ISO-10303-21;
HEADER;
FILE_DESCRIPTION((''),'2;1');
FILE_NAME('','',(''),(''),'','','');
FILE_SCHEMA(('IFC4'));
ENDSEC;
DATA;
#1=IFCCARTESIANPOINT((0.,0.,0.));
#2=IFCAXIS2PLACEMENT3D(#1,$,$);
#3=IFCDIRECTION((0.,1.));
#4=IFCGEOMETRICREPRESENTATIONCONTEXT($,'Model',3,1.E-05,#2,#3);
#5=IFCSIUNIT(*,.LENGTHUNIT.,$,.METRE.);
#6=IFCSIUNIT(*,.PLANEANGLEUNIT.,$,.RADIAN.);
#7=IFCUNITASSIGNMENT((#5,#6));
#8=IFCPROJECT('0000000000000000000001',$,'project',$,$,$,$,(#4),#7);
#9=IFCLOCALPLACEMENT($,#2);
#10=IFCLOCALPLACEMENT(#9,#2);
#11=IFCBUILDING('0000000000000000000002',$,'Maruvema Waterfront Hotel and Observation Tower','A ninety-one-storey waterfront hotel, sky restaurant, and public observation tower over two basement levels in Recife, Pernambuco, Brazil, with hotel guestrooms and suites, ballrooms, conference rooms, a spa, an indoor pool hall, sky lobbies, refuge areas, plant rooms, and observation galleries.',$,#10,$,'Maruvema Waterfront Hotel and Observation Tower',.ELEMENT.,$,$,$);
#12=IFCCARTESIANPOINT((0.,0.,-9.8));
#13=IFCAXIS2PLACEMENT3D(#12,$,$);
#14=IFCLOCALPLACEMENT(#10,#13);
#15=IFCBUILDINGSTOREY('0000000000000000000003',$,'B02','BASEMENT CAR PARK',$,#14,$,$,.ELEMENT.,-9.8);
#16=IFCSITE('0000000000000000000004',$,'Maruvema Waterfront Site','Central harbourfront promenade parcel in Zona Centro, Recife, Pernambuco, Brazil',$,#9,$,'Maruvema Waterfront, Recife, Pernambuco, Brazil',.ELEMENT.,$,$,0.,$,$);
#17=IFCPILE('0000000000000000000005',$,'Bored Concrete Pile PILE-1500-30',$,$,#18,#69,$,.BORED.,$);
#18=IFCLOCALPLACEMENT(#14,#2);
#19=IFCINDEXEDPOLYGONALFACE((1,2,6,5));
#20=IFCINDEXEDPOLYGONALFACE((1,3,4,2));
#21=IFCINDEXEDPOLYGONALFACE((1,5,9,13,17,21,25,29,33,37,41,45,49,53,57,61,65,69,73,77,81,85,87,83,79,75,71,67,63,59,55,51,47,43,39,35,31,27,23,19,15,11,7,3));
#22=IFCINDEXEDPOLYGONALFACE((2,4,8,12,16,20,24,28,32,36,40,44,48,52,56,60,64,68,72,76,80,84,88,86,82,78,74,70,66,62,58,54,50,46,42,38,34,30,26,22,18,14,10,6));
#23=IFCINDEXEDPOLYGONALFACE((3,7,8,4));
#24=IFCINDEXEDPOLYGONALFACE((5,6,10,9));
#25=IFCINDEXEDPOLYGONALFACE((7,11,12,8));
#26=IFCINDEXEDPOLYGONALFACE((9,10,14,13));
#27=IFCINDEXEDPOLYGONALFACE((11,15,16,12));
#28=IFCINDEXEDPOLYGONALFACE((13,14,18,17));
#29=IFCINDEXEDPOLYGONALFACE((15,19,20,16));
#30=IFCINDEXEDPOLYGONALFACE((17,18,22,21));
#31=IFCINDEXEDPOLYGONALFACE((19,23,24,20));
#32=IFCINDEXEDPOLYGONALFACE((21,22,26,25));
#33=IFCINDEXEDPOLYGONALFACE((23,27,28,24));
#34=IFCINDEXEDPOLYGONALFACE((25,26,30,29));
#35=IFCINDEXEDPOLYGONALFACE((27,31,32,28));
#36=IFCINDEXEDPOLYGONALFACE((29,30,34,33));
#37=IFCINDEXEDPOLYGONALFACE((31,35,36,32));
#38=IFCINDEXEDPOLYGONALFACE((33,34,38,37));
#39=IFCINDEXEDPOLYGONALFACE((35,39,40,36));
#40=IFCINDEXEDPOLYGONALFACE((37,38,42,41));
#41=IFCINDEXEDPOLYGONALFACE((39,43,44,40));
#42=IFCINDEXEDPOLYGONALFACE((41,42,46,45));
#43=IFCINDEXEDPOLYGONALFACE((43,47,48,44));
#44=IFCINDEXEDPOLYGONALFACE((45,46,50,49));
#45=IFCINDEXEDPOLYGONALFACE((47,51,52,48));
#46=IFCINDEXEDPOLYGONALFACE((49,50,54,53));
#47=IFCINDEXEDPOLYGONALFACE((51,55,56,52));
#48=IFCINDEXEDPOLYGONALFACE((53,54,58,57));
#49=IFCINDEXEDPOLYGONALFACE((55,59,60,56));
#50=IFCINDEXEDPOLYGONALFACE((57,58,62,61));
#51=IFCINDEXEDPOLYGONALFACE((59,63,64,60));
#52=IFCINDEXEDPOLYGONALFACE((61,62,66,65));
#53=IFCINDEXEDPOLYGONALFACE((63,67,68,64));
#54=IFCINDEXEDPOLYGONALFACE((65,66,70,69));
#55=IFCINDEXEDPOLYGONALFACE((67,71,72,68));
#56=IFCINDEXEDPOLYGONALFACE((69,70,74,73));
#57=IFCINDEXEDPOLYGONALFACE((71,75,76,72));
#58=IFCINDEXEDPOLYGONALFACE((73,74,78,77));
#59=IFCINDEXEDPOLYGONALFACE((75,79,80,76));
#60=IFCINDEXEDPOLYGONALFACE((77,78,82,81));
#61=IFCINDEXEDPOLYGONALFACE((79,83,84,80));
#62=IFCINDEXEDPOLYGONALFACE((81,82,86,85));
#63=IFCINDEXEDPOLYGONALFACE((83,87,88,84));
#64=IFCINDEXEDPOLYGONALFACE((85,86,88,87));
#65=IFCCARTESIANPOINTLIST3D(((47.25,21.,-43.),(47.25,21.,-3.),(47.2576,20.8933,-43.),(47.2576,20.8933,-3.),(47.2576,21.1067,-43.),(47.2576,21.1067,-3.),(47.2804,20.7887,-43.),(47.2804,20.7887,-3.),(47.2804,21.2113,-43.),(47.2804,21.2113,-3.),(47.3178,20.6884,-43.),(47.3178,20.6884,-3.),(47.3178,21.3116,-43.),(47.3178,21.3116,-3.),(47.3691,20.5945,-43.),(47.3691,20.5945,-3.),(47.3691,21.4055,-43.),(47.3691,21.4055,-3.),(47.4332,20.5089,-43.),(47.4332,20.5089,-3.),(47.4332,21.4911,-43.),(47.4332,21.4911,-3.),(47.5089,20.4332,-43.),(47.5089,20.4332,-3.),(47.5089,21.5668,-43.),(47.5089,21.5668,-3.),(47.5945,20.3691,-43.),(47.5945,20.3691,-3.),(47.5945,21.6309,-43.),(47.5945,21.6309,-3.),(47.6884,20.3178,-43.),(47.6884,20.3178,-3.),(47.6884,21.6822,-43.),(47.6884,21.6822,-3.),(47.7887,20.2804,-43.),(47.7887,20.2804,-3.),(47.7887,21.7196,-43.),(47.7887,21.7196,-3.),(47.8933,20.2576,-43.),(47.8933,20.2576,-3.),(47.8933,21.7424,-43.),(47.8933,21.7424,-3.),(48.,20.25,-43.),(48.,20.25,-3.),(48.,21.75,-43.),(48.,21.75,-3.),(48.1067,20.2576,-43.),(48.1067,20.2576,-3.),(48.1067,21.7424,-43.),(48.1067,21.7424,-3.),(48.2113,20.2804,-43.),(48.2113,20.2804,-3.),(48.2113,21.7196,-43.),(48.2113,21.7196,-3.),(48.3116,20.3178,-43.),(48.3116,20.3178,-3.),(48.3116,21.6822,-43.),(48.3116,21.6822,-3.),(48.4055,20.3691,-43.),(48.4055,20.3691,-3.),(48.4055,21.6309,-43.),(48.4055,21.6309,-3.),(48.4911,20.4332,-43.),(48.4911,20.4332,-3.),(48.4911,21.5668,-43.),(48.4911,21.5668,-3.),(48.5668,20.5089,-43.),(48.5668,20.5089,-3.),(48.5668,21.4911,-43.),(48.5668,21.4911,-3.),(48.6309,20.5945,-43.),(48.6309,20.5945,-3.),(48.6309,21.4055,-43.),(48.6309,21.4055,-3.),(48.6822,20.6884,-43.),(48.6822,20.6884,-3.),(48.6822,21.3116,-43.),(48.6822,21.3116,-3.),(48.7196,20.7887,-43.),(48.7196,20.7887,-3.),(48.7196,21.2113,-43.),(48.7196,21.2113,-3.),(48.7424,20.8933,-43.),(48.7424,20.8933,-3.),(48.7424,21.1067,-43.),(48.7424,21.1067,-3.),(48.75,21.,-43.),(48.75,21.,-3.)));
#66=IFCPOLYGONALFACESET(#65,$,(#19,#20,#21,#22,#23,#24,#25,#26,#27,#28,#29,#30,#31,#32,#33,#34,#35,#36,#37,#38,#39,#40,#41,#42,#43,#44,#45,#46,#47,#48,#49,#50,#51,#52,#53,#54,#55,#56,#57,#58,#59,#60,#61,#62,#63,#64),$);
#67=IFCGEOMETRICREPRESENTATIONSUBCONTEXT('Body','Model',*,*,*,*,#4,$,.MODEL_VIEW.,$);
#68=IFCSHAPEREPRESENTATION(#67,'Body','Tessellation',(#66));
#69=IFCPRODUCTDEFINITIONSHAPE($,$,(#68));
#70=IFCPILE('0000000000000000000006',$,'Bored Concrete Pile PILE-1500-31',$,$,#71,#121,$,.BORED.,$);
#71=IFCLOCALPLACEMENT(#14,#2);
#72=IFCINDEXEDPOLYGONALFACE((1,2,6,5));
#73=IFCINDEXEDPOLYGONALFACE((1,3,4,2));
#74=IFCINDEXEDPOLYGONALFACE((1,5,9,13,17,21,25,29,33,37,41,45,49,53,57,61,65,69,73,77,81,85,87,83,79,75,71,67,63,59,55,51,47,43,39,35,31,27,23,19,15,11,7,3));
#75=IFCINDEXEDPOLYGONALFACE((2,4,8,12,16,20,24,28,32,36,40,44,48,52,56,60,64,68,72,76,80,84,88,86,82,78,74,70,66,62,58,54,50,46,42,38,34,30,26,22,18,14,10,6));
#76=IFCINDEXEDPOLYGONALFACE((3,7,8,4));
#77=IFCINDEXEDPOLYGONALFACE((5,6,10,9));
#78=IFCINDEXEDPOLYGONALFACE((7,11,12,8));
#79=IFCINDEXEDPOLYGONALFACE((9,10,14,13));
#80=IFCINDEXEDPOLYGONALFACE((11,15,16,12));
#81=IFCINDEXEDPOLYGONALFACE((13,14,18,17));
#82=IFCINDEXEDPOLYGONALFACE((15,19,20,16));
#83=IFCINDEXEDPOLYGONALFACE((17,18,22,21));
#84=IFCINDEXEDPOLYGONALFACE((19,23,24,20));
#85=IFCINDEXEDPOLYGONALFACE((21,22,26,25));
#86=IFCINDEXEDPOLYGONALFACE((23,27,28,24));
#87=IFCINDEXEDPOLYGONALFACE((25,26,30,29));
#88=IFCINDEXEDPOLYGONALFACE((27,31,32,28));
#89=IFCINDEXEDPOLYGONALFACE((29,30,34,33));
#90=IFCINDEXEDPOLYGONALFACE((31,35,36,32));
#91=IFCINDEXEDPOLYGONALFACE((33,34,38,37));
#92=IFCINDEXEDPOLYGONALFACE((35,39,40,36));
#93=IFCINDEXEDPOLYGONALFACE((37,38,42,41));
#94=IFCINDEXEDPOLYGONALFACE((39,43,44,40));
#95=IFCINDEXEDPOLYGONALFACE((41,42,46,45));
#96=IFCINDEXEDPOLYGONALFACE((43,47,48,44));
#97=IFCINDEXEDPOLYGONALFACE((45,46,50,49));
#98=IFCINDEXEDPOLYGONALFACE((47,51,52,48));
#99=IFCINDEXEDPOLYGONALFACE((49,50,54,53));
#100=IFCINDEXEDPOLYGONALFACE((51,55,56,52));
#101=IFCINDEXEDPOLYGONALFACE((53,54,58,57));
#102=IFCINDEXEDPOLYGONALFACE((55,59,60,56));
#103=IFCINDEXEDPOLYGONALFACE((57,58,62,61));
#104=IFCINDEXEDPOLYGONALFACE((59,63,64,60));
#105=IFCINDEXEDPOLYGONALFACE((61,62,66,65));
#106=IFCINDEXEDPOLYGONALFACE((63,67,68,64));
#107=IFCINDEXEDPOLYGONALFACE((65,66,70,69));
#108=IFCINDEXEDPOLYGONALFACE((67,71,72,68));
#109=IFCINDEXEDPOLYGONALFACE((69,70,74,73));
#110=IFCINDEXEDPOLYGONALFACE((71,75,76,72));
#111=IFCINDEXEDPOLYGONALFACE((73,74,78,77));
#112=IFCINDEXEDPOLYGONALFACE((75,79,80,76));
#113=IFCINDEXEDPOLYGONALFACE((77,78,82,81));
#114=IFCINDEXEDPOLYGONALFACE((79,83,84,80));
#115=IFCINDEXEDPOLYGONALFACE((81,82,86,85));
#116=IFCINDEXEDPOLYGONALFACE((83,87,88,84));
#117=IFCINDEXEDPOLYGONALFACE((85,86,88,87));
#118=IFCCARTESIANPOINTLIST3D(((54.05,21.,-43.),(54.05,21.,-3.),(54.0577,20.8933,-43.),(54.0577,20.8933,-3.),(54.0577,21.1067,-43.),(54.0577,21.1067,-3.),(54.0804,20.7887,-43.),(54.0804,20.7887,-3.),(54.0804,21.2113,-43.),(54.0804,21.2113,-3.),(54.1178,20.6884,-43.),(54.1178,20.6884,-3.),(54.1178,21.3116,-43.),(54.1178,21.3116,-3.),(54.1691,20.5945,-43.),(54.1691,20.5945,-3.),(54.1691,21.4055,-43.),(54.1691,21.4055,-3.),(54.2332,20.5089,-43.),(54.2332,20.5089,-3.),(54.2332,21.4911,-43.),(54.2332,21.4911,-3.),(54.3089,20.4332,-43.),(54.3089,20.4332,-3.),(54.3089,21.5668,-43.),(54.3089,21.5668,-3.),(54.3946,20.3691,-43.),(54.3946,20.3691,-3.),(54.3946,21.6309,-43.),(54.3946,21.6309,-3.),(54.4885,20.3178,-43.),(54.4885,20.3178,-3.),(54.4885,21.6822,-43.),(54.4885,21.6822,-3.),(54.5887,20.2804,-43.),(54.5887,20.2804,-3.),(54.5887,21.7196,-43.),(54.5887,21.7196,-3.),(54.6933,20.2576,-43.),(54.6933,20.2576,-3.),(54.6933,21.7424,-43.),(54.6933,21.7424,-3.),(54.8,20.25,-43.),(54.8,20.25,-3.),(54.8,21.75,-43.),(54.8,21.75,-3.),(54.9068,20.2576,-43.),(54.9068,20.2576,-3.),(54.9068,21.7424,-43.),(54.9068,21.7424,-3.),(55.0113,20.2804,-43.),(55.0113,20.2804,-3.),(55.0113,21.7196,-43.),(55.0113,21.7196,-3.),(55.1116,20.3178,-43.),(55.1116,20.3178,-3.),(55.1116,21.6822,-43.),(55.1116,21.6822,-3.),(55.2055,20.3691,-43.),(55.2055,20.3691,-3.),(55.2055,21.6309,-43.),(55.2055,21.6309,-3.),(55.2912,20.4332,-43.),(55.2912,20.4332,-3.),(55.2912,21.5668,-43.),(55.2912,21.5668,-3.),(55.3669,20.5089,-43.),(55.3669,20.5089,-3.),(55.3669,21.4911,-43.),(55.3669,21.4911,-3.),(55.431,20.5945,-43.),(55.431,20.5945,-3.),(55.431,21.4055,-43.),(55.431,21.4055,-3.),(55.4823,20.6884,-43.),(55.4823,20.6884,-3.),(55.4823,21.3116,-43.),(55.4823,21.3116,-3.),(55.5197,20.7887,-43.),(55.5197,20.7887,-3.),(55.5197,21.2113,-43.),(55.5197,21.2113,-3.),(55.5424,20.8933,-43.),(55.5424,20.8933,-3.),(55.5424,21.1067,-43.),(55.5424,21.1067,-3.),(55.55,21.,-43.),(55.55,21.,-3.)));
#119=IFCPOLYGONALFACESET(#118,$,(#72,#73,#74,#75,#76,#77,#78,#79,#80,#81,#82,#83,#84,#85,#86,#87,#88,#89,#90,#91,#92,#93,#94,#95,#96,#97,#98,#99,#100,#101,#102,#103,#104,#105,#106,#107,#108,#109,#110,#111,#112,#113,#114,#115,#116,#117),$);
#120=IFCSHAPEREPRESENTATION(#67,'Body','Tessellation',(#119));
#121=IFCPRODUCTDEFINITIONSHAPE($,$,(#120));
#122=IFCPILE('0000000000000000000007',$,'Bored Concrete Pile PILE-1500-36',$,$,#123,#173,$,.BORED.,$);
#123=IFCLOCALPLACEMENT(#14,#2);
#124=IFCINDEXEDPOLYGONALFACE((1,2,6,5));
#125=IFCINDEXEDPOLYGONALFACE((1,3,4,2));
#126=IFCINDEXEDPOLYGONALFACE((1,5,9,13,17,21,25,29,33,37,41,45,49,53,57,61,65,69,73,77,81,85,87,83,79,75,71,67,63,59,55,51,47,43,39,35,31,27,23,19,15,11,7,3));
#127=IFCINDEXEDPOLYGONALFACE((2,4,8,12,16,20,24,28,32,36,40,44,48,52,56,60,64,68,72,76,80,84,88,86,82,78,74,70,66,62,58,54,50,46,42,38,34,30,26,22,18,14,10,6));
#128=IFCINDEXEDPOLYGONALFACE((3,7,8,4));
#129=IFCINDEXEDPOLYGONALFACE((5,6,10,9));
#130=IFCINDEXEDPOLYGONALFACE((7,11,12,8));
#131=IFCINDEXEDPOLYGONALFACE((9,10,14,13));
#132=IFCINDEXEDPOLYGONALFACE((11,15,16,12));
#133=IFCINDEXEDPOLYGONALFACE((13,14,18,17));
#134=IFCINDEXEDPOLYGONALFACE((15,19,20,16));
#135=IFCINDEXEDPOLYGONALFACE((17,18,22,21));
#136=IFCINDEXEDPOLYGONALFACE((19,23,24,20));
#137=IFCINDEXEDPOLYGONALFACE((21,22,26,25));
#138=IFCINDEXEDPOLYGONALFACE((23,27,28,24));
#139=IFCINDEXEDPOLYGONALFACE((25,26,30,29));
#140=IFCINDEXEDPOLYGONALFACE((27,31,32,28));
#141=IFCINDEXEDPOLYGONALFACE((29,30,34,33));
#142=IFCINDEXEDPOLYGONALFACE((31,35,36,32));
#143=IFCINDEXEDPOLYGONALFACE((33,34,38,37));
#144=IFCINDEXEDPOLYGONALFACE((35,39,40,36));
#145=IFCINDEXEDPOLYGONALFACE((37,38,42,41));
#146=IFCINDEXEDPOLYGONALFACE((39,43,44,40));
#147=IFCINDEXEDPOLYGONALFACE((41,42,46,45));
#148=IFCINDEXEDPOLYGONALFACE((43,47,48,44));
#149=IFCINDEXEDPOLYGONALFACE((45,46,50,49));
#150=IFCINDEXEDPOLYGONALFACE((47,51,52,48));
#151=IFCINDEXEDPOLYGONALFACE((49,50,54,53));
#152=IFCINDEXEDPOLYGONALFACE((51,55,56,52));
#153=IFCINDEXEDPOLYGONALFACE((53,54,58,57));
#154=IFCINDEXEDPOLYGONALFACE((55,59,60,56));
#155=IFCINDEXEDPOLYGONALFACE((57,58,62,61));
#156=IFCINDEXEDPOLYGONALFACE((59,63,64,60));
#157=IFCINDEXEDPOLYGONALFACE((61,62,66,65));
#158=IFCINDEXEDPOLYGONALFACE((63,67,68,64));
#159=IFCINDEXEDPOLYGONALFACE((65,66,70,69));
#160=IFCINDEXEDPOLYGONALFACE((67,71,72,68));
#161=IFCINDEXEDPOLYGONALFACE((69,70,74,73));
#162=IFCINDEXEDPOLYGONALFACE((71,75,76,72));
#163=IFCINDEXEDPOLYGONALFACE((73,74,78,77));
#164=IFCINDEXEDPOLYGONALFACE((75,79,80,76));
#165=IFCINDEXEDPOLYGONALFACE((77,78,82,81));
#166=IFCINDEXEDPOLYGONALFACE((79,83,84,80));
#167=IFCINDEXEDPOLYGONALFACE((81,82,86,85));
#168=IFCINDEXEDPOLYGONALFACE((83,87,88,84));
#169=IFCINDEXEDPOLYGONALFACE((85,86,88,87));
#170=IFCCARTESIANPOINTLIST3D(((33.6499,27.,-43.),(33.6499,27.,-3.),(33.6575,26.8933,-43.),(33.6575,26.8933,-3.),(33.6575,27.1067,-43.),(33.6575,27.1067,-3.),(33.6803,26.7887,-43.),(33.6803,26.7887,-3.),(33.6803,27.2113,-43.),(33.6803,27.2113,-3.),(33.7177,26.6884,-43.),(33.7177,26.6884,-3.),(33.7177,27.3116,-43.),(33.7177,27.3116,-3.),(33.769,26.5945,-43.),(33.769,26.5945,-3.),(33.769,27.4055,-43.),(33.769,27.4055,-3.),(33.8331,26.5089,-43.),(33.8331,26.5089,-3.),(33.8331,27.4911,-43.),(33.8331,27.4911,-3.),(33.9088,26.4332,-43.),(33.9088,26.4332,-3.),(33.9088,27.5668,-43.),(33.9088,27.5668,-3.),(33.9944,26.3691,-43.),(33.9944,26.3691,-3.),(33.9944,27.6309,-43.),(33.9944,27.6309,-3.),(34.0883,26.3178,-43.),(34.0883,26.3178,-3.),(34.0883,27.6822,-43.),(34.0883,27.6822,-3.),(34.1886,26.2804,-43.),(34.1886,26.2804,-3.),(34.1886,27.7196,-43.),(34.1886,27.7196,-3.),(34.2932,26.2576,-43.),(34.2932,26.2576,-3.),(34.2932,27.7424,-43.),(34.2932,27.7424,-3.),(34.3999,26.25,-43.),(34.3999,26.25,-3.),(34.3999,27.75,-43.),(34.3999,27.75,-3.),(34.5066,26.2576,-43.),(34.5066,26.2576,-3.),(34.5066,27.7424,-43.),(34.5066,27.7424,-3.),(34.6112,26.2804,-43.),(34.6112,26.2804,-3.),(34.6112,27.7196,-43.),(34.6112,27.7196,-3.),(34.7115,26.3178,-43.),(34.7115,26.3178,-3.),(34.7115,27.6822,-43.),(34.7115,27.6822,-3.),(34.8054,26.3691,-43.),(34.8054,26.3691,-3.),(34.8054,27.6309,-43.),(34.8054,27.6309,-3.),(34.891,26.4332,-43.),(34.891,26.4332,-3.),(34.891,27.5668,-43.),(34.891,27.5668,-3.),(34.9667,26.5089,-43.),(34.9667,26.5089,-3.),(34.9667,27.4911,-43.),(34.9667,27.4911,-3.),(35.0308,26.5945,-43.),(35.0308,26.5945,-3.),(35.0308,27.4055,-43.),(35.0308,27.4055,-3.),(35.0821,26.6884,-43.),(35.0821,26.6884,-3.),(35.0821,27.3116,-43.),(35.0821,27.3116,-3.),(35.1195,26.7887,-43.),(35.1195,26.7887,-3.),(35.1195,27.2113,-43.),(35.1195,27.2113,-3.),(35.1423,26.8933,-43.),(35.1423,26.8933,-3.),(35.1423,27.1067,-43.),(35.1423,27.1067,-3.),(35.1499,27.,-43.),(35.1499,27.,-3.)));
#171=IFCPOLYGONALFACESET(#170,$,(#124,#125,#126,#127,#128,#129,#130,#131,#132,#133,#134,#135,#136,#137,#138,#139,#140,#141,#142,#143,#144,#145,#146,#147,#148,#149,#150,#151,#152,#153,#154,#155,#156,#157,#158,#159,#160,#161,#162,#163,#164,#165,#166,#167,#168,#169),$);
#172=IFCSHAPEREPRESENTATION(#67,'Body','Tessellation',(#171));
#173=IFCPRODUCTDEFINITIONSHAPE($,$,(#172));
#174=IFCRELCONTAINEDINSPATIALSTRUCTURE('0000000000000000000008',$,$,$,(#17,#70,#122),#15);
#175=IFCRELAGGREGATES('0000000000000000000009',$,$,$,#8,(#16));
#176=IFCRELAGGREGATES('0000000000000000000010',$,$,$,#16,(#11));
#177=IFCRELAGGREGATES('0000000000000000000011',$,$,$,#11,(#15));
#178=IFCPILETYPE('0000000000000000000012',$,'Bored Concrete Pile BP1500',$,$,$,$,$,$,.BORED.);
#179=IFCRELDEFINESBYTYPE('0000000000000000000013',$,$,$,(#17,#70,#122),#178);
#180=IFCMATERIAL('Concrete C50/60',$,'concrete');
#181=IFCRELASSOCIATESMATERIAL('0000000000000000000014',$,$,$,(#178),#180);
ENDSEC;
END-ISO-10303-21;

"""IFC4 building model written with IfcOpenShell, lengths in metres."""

from ifc_helpers import new_model, si_unit, direction, frame, origin, origin_2d, place, context, subcontext, project, spatial, circle, extrude, material, material_profile, profile_set, type_object, element, save


model = new_model("IFC4")

# Units and contexts
model_context = context("Model", 3, precision=1e-05, world=origin(), true_north=direction((0.0, 1.0)))
body_context = subcontext(model_context, "Body", "Model", "MODEL_VIEW")
ifc_project = project(units=[si_unit("LENGTHUNIT", "METRE"), si_unit("PLANEANGLEUNIT", "RADIAN")], contexts=[model_context])

# Site, building, storey
site_placement = place(None, origin())
site = spatial("IfcSite", under=ifc_project, at=site_placement, Name="Maruvema Waterfront Site", Description="Central harbourfront promenade parcel in Zona Centro, Recife, Pernambuco, Brazil", LongName="Maruvema Waterfront, Recife, Pernambuco, Brazil", CompositionType="ELEMENT", RefElevation=0.0)
building_placement = place(site_placement, origin())
building = spatial("IfcBuilding", under=site, at=building_placement, Name="Maruvema Waterfront Hotel and Observation Tower", Description="A ninety-one-storey waterfront hotel, sky restaurant, and public observation tower over two basement levels in Recife, Pernambuco, Brazil, with hotel guestrooms and suites, ballrooms, conference rooms, a spa, an indoor pool hall, sky lobbies, refuge areas, plant rooms, and observation galleries.", LongName="Maruvema Waterfront Hotel and Observation Tower", CompositionType="ELEMENT")
storey_placement = place(building_placement, frame((0.0, 0.0, -9.8)))
storey = spatial("IfcBuildingStorey", under=building, at=storey_placement, Name="B02", Description="BASEMENT CAR PARK", CompositionType="ELEMENT", Elevation=-9.8)

# Piles
ifc_material_1 = material(Name="Concrete C50/60", Category="concrete")
ifc_material_profile_1 = material_profile(ifc_material_1, circle(Radius=0.75, at=origin_2d()), Name="BP1500")
ifc_profile_set_1 = profile_set([ifc_material_profile_1], Name="Concrete C50/60")
pile_type = type_object("IfcPileType", Name="Bored Concrete Pile BP1500", PredefinedType="BORED", material=ifc_profile_set_1)
for number, where, z_axis, x_axis, name in (
    (1, (48.0, 21.0, -3.0), (0.0, 0.0, -1.0), (1.0, 0.0, 0.0), "Bored Concrete Pile PILE-1500-30"),
    (2, (54.8, 21.0, -3.0), (0.0, 0.0, -1.0), (1.0, 0.0, 0.0), "Bored Concrete Pile PILE-1500-31"),
    (3, (34.3999, 27.0, -3.0), (0.0, 0.0, -1.0), (1.0, 0.0, 0.0), "Bored Concrete Pile PILE-1500-36"),
):
    element("IfcPile", number, at=place(storey_placement, frame(where, z_axis=z_axis, x_axis=x_axis)), inside=storey, type_object=pile_type, Name=name, PredefinedType="BORED", context=body_context, shape_type="SweptSolid", body=[
        extrude(circle(Radius=0.75, at=origin_2d()), origin(), (0.0, 0.0, 1.0), 40.0),
    ])

save(model, "model.ifc")
